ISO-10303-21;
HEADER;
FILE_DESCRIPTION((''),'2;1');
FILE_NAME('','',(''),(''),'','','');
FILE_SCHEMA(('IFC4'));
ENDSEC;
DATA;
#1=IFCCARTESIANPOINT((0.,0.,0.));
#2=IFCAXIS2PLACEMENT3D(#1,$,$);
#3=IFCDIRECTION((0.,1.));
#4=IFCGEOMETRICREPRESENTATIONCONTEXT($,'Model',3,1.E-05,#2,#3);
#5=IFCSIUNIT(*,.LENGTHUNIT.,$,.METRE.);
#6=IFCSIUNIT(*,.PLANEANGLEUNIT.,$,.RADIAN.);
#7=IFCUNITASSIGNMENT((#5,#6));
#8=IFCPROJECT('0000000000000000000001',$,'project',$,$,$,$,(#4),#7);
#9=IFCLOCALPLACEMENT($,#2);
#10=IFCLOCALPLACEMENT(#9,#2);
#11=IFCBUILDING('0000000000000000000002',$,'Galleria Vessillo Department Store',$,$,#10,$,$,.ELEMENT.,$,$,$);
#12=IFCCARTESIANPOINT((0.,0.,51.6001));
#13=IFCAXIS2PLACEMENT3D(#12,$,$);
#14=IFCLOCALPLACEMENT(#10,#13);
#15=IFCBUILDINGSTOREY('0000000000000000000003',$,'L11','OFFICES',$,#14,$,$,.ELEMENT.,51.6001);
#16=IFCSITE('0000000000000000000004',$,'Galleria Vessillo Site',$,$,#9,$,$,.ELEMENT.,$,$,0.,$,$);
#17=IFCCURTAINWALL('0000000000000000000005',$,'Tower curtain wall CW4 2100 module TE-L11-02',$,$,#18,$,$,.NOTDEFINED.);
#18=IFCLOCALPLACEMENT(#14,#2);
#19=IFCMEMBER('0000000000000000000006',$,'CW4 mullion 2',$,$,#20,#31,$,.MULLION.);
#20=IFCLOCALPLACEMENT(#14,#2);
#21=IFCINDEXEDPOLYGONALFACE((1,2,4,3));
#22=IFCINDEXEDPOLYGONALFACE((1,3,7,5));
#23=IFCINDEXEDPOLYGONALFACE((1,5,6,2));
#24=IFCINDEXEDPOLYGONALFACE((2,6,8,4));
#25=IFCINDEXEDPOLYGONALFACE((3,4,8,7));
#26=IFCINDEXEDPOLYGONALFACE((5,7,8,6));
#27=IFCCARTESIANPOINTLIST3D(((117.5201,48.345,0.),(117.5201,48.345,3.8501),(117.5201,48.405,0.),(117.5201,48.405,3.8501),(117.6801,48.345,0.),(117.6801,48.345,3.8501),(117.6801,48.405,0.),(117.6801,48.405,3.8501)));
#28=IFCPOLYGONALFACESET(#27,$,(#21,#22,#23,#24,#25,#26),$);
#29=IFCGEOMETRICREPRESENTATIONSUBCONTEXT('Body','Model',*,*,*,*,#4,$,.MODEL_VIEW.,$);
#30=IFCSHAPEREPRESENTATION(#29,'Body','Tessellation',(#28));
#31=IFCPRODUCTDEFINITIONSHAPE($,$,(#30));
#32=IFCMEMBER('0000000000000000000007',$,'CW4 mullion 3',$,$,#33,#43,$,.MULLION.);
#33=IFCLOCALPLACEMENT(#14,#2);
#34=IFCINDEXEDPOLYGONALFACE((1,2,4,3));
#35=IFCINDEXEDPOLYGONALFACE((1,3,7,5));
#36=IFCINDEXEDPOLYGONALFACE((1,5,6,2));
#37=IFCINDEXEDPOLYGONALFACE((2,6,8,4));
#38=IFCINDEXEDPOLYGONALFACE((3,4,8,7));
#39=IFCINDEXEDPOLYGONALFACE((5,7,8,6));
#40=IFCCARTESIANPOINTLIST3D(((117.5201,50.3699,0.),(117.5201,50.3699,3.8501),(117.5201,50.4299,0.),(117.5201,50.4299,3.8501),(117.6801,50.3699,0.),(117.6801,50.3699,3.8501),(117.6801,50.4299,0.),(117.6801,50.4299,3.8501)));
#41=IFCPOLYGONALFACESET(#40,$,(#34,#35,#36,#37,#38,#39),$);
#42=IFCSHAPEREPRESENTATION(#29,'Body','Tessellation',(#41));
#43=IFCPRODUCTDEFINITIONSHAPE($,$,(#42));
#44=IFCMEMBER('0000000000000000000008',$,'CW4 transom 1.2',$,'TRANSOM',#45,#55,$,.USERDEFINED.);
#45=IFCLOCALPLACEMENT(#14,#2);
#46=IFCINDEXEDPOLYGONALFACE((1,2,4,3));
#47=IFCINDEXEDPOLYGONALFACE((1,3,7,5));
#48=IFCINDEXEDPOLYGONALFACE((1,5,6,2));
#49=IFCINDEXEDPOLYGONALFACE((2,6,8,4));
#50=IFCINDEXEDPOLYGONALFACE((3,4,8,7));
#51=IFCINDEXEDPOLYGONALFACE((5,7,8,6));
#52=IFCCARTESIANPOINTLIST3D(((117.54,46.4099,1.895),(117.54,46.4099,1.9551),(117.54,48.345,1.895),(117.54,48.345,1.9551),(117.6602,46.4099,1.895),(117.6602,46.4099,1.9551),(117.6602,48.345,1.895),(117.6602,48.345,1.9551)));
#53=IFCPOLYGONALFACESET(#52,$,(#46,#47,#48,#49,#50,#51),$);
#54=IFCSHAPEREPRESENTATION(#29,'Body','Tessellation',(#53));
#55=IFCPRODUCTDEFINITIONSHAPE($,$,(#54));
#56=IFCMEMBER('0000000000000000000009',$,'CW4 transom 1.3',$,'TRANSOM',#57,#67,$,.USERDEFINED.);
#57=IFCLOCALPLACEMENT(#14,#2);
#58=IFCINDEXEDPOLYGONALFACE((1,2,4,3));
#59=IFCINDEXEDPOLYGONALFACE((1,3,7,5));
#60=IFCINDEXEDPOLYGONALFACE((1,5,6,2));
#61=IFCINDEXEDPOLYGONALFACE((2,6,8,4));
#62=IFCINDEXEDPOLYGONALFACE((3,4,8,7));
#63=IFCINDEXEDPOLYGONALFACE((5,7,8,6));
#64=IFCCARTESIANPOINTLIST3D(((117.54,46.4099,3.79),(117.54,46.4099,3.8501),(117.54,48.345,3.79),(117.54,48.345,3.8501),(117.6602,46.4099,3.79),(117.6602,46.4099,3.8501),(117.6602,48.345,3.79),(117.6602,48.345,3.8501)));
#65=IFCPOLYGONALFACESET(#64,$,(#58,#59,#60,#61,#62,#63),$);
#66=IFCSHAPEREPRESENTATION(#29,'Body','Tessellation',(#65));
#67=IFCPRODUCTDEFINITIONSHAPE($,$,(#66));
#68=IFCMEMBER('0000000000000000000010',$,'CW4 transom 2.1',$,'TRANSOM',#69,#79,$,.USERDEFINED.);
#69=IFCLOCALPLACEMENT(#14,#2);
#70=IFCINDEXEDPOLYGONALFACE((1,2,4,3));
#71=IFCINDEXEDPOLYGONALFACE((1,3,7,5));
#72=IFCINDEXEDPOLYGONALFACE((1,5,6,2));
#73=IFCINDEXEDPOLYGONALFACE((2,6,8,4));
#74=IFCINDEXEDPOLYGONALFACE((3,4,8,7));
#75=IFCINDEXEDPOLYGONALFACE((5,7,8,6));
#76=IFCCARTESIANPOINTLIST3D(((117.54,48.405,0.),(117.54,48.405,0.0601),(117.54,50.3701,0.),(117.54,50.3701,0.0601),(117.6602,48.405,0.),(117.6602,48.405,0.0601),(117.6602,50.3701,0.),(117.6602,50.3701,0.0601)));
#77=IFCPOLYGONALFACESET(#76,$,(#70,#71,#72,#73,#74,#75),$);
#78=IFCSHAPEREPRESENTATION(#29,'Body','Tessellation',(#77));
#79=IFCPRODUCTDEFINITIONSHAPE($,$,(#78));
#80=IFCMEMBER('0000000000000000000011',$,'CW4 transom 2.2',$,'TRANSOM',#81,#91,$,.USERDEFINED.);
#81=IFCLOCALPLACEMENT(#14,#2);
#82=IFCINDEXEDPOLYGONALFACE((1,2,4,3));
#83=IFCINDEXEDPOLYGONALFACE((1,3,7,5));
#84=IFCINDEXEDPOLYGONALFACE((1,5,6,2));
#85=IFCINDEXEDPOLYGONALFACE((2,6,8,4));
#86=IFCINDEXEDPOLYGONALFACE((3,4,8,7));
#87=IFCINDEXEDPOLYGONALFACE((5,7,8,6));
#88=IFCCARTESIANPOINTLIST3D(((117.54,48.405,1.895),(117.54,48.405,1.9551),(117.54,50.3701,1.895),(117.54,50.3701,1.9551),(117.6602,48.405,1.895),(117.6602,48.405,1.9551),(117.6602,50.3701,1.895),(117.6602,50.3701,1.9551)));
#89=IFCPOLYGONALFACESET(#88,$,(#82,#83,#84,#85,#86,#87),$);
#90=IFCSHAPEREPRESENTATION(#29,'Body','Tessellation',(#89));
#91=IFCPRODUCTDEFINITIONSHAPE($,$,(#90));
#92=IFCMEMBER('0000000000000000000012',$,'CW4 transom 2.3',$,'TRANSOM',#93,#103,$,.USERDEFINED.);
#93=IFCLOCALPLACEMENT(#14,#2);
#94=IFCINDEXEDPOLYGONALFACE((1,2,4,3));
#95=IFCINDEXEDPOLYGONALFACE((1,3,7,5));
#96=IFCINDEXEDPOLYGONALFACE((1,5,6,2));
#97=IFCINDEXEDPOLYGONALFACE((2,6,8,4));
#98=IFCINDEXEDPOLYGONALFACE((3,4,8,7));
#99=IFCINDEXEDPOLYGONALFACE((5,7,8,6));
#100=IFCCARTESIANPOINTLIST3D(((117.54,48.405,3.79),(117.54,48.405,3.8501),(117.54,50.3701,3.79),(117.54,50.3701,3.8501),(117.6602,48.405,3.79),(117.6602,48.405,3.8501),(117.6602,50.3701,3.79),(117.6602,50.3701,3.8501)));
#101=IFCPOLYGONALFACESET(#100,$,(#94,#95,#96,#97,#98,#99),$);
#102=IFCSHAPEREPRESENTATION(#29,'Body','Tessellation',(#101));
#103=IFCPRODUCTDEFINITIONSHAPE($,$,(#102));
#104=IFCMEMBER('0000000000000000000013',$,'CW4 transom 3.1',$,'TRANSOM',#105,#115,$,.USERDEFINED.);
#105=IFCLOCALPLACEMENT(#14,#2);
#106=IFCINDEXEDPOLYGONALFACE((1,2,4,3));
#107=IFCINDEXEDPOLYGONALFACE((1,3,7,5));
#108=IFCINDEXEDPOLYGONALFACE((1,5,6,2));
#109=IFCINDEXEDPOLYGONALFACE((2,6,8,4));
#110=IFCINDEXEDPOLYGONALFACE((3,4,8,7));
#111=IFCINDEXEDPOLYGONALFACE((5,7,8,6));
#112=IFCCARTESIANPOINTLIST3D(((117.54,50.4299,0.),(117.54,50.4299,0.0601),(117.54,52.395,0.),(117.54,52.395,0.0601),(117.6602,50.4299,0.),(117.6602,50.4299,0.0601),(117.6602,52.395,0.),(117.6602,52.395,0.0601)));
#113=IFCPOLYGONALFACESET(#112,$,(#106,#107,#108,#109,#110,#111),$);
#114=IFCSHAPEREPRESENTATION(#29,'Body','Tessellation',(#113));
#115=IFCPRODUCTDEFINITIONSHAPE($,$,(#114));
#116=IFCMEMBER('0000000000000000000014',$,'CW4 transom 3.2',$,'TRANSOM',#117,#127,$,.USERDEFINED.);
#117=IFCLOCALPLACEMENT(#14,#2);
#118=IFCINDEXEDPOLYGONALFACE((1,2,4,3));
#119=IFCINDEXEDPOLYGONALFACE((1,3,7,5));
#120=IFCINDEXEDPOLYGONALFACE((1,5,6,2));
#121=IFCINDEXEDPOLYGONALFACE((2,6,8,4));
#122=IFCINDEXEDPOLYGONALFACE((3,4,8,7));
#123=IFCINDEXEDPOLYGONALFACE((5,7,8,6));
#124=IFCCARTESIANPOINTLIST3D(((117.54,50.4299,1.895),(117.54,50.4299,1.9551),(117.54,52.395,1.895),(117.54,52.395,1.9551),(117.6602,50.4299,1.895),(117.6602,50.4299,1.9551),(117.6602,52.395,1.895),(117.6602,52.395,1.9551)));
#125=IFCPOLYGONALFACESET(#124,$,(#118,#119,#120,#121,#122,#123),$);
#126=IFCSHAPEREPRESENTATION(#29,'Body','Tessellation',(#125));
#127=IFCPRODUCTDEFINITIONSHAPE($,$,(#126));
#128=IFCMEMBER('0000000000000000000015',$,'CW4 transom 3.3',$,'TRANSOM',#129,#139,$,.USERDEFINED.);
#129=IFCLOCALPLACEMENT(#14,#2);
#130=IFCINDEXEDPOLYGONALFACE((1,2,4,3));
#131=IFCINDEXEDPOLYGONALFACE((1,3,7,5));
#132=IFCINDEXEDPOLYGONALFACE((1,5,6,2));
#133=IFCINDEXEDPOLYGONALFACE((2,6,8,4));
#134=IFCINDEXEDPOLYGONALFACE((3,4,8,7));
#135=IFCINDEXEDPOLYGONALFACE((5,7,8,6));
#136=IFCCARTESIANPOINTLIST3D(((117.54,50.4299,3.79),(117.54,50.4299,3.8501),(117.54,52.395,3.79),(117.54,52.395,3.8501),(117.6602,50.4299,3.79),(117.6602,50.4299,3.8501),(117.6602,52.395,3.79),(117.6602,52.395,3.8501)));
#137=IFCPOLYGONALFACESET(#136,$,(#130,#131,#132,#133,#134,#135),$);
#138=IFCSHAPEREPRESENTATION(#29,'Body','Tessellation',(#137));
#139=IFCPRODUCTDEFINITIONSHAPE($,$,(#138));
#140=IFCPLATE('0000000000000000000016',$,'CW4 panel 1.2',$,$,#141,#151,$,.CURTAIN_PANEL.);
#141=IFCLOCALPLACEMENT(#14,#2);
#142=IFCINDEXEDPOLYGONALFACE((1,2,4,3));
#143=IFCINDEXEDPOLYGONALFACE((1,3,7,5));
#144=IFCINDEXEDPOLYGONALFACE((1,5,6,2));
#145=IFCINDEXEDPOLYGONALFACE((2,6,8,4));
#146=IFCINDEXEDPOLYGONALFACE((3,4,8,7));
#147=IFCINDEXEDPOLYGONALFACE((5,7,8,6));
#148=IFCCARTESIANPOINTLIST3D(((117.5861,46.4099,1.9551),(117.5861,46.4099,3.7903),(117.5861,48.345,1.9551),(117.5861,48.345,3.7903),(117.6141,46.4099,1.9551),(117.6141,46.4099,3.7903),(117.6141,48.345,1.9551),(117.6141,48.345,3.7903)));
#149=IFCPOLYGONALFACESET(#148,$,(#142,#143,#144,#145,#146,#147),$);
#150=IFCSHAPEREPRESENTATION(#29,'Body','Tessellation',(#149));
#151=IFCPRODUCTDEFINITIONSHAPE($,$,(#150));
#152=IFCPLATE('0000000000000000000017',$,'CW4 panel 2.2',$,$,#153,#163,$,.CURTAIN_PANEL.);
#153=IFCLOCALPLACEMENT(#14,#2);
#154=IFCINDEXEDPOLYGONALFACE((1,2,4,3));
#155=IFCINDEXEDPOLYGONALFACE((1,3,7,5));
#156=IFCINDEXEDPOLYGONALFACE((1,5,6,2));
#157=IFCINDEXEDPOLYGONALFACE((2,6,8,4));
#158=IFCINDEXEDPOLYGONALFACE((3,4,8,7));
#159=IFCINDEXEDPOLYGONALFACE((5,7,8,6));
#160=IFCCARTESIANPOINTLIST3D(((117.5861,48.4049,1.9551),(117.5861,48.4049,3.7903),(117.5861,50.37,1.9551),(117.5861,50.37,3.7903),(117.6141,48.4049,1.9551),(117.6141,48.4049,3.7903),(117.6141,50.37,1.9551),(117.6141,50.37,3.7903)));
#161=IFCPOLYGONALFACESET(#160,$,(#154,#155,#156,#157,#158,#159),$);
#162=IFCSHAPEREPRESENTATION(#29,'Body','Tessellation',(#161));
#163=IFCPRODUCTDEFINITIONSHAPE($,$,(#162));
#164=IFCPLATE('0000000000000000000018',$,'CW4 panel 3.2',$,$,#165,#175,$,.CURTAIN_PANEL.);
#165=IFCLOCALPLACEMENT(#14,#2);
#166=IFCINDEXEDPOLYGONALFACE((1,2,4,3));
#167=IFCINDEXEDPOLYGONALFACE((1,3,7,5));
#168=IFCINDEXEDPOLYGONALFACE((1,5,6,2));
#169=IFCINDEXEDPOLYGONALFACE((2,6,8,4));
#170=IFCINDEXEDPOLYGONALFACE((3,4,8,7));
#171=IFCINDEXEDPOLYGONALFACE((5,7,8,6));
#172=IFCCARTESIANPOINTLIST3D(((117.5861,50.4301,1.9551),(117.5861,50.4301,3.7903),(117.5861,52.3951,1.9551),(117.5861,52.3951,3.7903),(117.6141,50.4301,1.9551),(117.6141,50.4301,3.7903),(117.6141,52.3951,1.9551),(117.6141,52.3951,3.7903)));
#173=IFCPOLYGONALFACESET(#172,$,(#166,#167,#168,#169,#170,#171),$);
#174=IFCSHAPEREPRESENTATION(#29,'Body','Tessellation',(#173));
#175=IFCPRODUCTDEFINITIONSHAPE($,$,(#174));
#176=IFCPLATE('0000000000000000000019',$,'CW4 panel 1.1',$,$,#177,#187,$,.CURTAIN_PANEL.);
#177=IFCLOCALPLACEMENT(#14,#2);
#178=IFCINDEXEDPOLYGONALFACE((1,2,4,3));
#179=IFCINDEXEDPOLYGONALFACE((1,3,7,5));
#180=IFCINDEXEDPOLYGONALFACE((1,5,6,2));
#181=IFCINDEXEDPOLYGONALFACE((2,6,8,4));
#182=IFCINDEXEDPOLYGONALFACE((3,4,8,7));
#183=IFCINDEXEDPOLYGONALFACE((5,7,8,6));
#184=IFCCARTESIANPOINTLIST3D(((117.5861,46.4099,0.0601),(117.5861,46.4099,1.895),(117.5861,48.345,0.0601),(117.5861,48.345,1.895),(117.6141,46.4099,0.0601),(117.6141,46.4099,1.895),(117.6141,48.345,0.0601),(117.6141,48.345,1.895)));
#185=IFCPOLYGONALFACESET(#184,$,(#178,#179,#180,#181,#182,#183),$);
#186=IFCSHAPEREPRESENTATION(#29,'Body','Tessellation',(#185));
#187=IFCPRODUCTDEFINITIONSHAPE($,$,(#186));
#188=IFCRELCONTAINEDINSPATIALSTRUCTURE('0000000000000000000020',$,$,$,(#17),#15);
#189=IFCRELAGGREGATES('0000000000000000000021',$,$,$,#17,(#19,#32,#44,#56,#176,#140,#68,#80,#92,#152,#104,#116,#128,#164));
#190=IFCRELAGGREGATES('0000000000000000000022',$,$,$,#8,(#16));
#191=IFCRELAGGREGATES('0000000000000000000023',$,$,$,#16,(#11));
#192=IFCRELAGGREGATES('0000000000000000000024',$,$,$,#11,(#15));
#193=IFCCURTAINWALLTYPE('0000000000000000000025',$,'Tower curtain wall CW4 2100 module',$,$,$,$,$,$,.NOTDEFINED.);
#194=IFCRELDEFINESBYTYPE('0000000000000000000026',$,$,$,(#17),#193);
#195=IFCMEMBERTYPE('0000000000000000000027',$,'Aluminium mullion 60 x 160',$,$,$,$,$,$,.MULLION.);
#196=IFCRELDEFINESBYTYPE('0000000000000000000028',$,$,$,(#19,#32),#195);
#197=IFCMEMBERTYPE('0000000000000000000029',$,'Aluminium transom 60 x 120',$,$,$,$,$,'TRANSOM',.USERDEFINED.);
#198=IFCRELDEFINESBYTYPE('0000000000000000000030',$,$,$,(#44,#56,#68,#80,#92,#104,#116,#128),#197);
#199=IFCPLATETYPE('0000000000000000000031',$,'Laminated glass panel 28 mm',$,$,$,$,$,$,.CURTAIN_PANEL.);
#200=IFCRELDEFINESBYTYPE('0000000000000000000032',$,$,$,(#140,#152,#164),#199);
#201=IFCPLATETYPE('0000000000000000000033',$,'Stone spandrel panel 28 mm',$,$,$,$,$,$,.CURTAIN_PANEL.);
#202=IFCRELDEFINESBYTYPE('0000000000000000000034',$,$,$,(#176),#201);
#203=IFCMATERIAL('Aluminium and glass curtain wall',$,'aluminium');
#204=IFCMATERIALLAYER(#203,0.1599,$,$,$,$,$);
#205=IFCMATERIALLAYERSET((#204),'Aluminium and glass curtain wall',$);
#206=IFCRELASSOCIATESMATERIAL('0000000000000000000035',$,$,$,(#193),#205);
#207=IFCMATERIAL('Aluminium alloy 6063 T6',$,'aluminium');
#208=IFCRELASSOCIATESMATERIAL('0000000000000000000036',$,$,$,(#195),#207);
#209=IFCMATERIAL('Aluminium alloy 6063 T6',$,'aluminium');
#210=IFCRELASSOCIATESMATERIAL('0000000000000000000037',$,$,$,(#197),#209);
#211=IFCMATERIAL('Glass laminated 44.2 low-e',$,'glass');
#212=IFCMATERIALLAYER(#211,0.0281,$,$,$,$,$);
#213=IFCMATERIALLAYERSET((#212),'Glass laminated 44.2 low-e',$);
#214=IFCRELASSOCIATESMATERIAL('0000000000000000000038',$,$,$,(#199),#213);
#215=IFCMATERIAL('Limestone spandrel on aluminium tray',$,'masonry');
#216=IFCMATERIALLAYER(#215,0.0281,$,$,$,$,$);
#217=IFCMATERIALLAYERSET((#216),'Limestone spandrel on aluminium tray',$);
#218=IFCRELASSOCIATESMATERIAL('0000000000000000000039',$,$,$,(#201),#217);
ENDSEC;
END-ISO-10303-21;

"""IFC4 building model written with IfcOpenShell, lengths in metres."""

from ifc_helpers import new_model, si_unit, direction, frame, origin, origin_2d, place, context, subcontext, project, spatial, rectangle, extrude, material, layer, layer_set, material_profile, profile_set, type_object, element, aggregate, save


model = new_model("IFC4")

# Units and contexts
model_context = context("Model", 3, precision=1e-05, world=origin(), true_north=direction((0.0, 1.0)))
body_context = subcontext(model_context, "Body", "Model", "MODEL_VIEW")
ifc_project = project(units=[si_unit("LENGTHUNIT", "METRE"), si_unit("PLANEANGLEUNIT", "RADIAN")], contexts=[model_context])

# Site, building, storey
site_placement = place(None, origin())
site = spatial("IfcSite", under=ifc_project, at=site_placement, Name="Galleria Vessillo Site", CompositionType="ELEMENT", RefElevation=0.0)
building_placement = place(site_placement, origin())
building = spatial("IfcBuilding", under=site, at=building_placement, Name="Galleria Vessillo Department Store", CompositionType="ELEMENT")
storey_placement = place(building_placement, frame((0.0, 0.0, 51.6001)))
storey = spatial("IfcBuildingStorey", under=building, at=storey_placement, Name="L11", Description="OFFICES", CompositionType="ELEMENT", Elevation=51.6001)

# Curtain wall, members, plates
ifc_material_1 = material(Name="Aluminium and glass curtain wall", Category="aluminium")
ifc_layer_1 = layer(ifc_material_1, 0.1599)
ifc_layer_set_1 = layer_set([ifc_layer_1], Name="Aluminium and glass curtain wall")
curtain_wall_type = type_object("IfcCurtainWallType", Name="Tower curtain wall CW4 2100 module", PredefinedType="NOTDEFINED", material=ifc_layer_set_1)
curtain_wall_placement = place(storey_placement, origin())
curtain_wall = element("IfcCurtainWall", 1, at=curtain_wall_placement, inside=storey, type_object=curtain_wall_type, Name="Tower curtain wall CW4 2100 module TE-L11-02", PredefinedType="NOTDEFINED")
ifc_material_2 = material(Name="Aluminium alloy 6063 T6", Category="aluminium")
ifc_material_profile_1 = material_profile(ifc_material_2, rectangle(XDim=0.1599, YDim=0.0601, at=origin_2d()), Name="AL 60x160")
ifc_profile_set_1 = profile_set([ifc_material_profile_1], Name="Aluminium alloy 6063 T6")
member_type_1 = type_object("IfcMemberType", Name="Aluminium mullion 60 x 160", PredefinedType="MULLION", material=ifc_profile_set_1)
member_1_placement = place(storey_placement, frame((117.6001, 48.375, 0.0), z_axis=(0.0, 0.0, 1.0), x_axis=(-1.0, 0.0, 0.0)))
member_1 = element("IfcMember", 2, at=member_1_placement, type_object=member_type_1, Name="CW4 mullion 2", PredefinedType="MULLION", context=body_context, shape_type="SweptSolid", body=[
    extrude(rectangle(XDim=0.1599, YDim=0.0601, at=origin_2d()), origin(), (0.0, 0.0, 1.0), 3.8501),
])
member_2_placement = place(storey_placement, frame((117.6001, 50.3999, 0.0), z_axis=(0.0, 0.0, 1.0), x_axis=(-1.0, 0.0, 0.0)))
member_2 = element("IfcMember", 3, at=member_2_placement, type_object=member_type_1, Name="CW4 mullion 3", PredefinedType="MULLION", context=body_context, shape_type="SweptSolid", body=[
    extrude(rectangle(XDim=0.1599, YDim=0.0601, at=origin_2d()), origin(), (0.0, 0.0, 1.0), 3.8501),
])
ifc_material_3 = material(Name="Aluminium alloy 6063 T6", Category="aluminium")
ifc_material_profile_2 = material_profile(ifc_material_3, rectangle(XDim=0.1201, YDim=0.0601, at=origin_2d()), Name="AL 60x120")
ifc_profile_set_2 = profile_set([ifc_material_profile_2], Name="Aluminium alloy 6063 T6")
member_type_2 = type_object("IfcMemberType", Name="Aluminium transom 60 x 120", ElementType="TRANSOM", PredefinedType="USERDEFINED", material=ifc_profile_set_2)
member_3_placement = place(storey_placement, frame((117.6001, 46.4099, 1.925), z_axis=(0.0, 1.0, 0.0), x_axis=(-1.0, 0.0, 0.0)))
member_3 = element("IfcMember", 4, at=member_3_placement, type_object=member_type_2, Name="CW4 transom 1.2", ObjectType="TRANSOM", PredefinedType="USERDEFINED", context=body_context, shape_type="SweptSolid", body=[
    extrude(rectangle(XDim=0.1201, YDim=0.0601, at=origin_2d()), origin(), (0.0, 0.0, 1.0), 1.9351),
])
member_4_placement = place(storey_placement, frame((117.6001, 46.4099, 3.8201), z_axis=(0.0, 1.0, 0.0), x_axis=(-1.0, 0.0, 0.0)))
member_4 = element("IfcMember", 5, at=member_4_placement, type_object=member_type_2, Name="CW4 transom 1.3", ObjectType="TRANSOM", PredefinedType="USERDEFINED", context=body_context, shape_type="SweptSolid", body=[
    extrude(rectangle(XDim=0.1201, YDim=0.0601, at=origin_2d()), origin(), (0.0, 0.0, 1.0), 1.9351),
])
member_5_placement = place(storey_placement, frame((117.6001, 48.405, 0.03), z_axis=(0.0, 1.0, 0.0), x_axis=(-1.0, 0.0, 0.0)))
member_5 = element("IfcMember", 6, at=member_5_placement, type_object=member_type_2, Name="CW4 transom 2.1", ObjectType="TRANSOM", PredefinedType="USERDEFINED", context=body_context, shape_type="SweptSolid", body=[
    extrude(rectangle(XDim=0.1201, YDim=0.0601, at=origin_2d()), origin(), (0.0, 0.0, 1.0), 1.9651),
])
member_6_placement = place(storey_placement, frame((117.6001, 48.405, 1.925), z_axis=(0.0, 1.0, 0.0), x_axis=(-1.0, 0.0, 0.0)))
member_6 = element("IfcMember", 7, at=member_6_placement, type_object=member_type_2, Name="CW4 transom 2.2", ObjectType="TRANSOM", PredefinedType="USERDEFINED", context=body_context, shape_type="SweptSolid", body=[
    extrude(rectangle(XDim=0.1201, YDim=0.0601, at=origin_2d()), origin(), (0.0, 0.0, 1.0), 1.9651),
])
member_7_placement = place(storey_placement, frame((117.6001, 48.405, 3.8201), z_axis=(0.0, 1.0, 0.0), x_axis=(-1.0, 0.0, 0.0)))
member_7 = element("IfcMember", 8, at=member_7_placement, type_object=member_type_2, Name="CW4 transom 2.3", ObjectType="TRANSOM", PredefinedType="USERDEFINED", context=body_context, shape_type="SweptSolid", body=[
    extrude(rectangle(XDim=0.1201, YDim=0.0601, at=origin_2d()), origin(), (0.0, 0.0, 1.0), 1.9651),
])
member_8_placement = place(storey_placement, frame((117.6001, 50.4299, 0.03), z_axis=(0.0, 1.0, 0.0), x_axis=(-1.0, 0.0, 0.0)))
member_8 = element("IfcMember", 9, at=member_8_placement, type_object=member_type_2, Name="CW4 transom 3.1", ObjectType="TRANSOM", PredefinedType="USERDEFINED", context=body_context, shape_type="SweptSolid", body=[
    extrude(rectangle(XDim=0.1201, YDim=0.0601, at=origin_2d()), origin(), (0.0, 0.0, 1.0), 1.9651),
])
member_9_placement = place(storey_placement, frame((117.6001, 50.4299, 1.925), z_axis=(0.0, 1.0, 0.0), x_axis=(-1.0, 0.0, 0.0)))
member_9 = element("IfcMember", 10, at=member_9_placement, type_object=member_type_2, Name="CW4 transom 3.2", ObjectType="TRANSOM", PredefinedType="USERDEFINED", context=body_context, shape_type="SweptSolid", body=[
    extrude(rectangle(XDim=0.1201, YDim=0.0601, at=origin_2d()), origin(), (0.0, 0.0, 1.0), 1.9651),
])
member_10_placement = place(storey_placement, frame((117.6001, 50.4299, 3.8201), z_axis=(0.0, 1.0, 0.0), x_axis=(-1.0, 0.0, 0.0)))
member_10 = element("IfcMember", 11, at=member_10_placement, type_object=member_type_2, Name="CW4 transom 3.3", ObjectType="TRANSOM", PredefinedType="USERDEFINED", context=body_context, shape_type="SweptSolid", body=[
    extrude(rectangle(XDim=0.1201, YDim=0.0601, at=origin_2d()), origin(), (0.0, 0.0, 1.0), 1.9651),
])
ifc_material_4 = material(Name="Glass laminated 44.2 low-e", Category="glass")
ifc_layer_2 = layer(ifc_material_4, 0.0281)
ifc_layer_set_2 = layer_set([ifc_layer_2], Name="Glass laminated 44.2 low-e")
plate_type_1 = type_object("IfcPlateType", Name="Laminated glass panel 28 mm", PredefinedType="CURTAIN_PANEL", material=ifc_layer_set_2)
plate_1_placement = place(storey_placement, frame((117.6001, 47.3774, 1.9551), z_axis=(0.0, 0.0, 1.0), x_axis=(0.0, 1.0, 0.0)))
plate_1 = element("IfcPlate", 12, at=plate_1_placement, type_object=plate_type_1, Name="CW4 panel 1.2", PredefinedType="CURTAIN_PANEL", context=body_context, shape_type="SweptSolid", body=[
    extrude(rectangle(XDim=1.9351, YDim=0.0281, at=origin_2d()), origin(), (0.0, 0.0, 1.0), 1.8352),
])
plate_2_placement = place(storey_placement, frame((117.6001, 49.3875, 1.9551), z_axis=(0.0, 0.0, 1.0), x_axis=(0.0, 1.0, 0.0)))
plate_2 = element("IfcPlate", 13, at=plate_2_placement, type_object=plate_type_1, Name="CW4 panel 2.2", PredefinedType="CURTAIN_PANEL", context=body_context, shape_type="SweptSolid", body=[
    extrude(rectangle(XDim=1.9651, YDim=0.0281, at=origin_2d()), origin(), (0.0, 0.0, 1.0), 1.8352),
])
plate_3_placement = place(storey_placement, frame((117.6001, 51.4126, 1.9551), z_axis=(0.0, 0.0, 1.0), x_axis=(0.0, 1.0, 0.0)))
plate_3 = element("IfcPlate", 14, at=plate_3_placement, type_object=plate_type_1, Name="CW4 panel 3.2", PredefinedType="CURTAIN_PANEL", context=body_context, shape_type="SweptSolid", body=[
    extrude(rectangle(XDim=1.9651, YDim=0.0281, at=origin_2d()), origin(), (0.0, 0.0, 1.0), 1.8352),
])
ifc_material_5 = material(Name="Limestone spandrel on aluminium tray", Category="masonry")
ifc_layer_3 = layer(ifc_material_5, 0.0281)
ifc_layer_set_3 = layer_set([ifc_layer_3], Name="Limestone spandrel on aluminium tray")
plate_type_2 = type_object("IfcPlateType", Name="Stone spandrel panel 28 mm", PredefinedType="CURTAIN_PANEL", material=ifc_layer_set_3)
plate_4_placement = place(storey_placement, frame((117.6001, 47.3774, 0.0601), z_axis=(0.0, 0.0, 1.0), x_axis=(0.0, 1.0, 0.0)))
plate_4 = element("IfcPlate", 15, at=plate_4_placement, type_object=plate_type_2, Name="CW4 panel 1.1", PredefinedType="CURTAIN_PANEL", context=body_context, shape_type="SweptSolid", body=[
    extrude(rectangle(XDim=1.9351, YDim=0.0281, at=origin_2d()), origin(), (0.0, 0.0, 1.0), 1.835),
])
aggregate(curtain_wall, [member_1, member_2, member_3, member_4, plate_4, plate_1, member_5, member_6, member_7, plate_2, member_8, member_9, member_10, plate_3])

save(model, "model.ifc")
